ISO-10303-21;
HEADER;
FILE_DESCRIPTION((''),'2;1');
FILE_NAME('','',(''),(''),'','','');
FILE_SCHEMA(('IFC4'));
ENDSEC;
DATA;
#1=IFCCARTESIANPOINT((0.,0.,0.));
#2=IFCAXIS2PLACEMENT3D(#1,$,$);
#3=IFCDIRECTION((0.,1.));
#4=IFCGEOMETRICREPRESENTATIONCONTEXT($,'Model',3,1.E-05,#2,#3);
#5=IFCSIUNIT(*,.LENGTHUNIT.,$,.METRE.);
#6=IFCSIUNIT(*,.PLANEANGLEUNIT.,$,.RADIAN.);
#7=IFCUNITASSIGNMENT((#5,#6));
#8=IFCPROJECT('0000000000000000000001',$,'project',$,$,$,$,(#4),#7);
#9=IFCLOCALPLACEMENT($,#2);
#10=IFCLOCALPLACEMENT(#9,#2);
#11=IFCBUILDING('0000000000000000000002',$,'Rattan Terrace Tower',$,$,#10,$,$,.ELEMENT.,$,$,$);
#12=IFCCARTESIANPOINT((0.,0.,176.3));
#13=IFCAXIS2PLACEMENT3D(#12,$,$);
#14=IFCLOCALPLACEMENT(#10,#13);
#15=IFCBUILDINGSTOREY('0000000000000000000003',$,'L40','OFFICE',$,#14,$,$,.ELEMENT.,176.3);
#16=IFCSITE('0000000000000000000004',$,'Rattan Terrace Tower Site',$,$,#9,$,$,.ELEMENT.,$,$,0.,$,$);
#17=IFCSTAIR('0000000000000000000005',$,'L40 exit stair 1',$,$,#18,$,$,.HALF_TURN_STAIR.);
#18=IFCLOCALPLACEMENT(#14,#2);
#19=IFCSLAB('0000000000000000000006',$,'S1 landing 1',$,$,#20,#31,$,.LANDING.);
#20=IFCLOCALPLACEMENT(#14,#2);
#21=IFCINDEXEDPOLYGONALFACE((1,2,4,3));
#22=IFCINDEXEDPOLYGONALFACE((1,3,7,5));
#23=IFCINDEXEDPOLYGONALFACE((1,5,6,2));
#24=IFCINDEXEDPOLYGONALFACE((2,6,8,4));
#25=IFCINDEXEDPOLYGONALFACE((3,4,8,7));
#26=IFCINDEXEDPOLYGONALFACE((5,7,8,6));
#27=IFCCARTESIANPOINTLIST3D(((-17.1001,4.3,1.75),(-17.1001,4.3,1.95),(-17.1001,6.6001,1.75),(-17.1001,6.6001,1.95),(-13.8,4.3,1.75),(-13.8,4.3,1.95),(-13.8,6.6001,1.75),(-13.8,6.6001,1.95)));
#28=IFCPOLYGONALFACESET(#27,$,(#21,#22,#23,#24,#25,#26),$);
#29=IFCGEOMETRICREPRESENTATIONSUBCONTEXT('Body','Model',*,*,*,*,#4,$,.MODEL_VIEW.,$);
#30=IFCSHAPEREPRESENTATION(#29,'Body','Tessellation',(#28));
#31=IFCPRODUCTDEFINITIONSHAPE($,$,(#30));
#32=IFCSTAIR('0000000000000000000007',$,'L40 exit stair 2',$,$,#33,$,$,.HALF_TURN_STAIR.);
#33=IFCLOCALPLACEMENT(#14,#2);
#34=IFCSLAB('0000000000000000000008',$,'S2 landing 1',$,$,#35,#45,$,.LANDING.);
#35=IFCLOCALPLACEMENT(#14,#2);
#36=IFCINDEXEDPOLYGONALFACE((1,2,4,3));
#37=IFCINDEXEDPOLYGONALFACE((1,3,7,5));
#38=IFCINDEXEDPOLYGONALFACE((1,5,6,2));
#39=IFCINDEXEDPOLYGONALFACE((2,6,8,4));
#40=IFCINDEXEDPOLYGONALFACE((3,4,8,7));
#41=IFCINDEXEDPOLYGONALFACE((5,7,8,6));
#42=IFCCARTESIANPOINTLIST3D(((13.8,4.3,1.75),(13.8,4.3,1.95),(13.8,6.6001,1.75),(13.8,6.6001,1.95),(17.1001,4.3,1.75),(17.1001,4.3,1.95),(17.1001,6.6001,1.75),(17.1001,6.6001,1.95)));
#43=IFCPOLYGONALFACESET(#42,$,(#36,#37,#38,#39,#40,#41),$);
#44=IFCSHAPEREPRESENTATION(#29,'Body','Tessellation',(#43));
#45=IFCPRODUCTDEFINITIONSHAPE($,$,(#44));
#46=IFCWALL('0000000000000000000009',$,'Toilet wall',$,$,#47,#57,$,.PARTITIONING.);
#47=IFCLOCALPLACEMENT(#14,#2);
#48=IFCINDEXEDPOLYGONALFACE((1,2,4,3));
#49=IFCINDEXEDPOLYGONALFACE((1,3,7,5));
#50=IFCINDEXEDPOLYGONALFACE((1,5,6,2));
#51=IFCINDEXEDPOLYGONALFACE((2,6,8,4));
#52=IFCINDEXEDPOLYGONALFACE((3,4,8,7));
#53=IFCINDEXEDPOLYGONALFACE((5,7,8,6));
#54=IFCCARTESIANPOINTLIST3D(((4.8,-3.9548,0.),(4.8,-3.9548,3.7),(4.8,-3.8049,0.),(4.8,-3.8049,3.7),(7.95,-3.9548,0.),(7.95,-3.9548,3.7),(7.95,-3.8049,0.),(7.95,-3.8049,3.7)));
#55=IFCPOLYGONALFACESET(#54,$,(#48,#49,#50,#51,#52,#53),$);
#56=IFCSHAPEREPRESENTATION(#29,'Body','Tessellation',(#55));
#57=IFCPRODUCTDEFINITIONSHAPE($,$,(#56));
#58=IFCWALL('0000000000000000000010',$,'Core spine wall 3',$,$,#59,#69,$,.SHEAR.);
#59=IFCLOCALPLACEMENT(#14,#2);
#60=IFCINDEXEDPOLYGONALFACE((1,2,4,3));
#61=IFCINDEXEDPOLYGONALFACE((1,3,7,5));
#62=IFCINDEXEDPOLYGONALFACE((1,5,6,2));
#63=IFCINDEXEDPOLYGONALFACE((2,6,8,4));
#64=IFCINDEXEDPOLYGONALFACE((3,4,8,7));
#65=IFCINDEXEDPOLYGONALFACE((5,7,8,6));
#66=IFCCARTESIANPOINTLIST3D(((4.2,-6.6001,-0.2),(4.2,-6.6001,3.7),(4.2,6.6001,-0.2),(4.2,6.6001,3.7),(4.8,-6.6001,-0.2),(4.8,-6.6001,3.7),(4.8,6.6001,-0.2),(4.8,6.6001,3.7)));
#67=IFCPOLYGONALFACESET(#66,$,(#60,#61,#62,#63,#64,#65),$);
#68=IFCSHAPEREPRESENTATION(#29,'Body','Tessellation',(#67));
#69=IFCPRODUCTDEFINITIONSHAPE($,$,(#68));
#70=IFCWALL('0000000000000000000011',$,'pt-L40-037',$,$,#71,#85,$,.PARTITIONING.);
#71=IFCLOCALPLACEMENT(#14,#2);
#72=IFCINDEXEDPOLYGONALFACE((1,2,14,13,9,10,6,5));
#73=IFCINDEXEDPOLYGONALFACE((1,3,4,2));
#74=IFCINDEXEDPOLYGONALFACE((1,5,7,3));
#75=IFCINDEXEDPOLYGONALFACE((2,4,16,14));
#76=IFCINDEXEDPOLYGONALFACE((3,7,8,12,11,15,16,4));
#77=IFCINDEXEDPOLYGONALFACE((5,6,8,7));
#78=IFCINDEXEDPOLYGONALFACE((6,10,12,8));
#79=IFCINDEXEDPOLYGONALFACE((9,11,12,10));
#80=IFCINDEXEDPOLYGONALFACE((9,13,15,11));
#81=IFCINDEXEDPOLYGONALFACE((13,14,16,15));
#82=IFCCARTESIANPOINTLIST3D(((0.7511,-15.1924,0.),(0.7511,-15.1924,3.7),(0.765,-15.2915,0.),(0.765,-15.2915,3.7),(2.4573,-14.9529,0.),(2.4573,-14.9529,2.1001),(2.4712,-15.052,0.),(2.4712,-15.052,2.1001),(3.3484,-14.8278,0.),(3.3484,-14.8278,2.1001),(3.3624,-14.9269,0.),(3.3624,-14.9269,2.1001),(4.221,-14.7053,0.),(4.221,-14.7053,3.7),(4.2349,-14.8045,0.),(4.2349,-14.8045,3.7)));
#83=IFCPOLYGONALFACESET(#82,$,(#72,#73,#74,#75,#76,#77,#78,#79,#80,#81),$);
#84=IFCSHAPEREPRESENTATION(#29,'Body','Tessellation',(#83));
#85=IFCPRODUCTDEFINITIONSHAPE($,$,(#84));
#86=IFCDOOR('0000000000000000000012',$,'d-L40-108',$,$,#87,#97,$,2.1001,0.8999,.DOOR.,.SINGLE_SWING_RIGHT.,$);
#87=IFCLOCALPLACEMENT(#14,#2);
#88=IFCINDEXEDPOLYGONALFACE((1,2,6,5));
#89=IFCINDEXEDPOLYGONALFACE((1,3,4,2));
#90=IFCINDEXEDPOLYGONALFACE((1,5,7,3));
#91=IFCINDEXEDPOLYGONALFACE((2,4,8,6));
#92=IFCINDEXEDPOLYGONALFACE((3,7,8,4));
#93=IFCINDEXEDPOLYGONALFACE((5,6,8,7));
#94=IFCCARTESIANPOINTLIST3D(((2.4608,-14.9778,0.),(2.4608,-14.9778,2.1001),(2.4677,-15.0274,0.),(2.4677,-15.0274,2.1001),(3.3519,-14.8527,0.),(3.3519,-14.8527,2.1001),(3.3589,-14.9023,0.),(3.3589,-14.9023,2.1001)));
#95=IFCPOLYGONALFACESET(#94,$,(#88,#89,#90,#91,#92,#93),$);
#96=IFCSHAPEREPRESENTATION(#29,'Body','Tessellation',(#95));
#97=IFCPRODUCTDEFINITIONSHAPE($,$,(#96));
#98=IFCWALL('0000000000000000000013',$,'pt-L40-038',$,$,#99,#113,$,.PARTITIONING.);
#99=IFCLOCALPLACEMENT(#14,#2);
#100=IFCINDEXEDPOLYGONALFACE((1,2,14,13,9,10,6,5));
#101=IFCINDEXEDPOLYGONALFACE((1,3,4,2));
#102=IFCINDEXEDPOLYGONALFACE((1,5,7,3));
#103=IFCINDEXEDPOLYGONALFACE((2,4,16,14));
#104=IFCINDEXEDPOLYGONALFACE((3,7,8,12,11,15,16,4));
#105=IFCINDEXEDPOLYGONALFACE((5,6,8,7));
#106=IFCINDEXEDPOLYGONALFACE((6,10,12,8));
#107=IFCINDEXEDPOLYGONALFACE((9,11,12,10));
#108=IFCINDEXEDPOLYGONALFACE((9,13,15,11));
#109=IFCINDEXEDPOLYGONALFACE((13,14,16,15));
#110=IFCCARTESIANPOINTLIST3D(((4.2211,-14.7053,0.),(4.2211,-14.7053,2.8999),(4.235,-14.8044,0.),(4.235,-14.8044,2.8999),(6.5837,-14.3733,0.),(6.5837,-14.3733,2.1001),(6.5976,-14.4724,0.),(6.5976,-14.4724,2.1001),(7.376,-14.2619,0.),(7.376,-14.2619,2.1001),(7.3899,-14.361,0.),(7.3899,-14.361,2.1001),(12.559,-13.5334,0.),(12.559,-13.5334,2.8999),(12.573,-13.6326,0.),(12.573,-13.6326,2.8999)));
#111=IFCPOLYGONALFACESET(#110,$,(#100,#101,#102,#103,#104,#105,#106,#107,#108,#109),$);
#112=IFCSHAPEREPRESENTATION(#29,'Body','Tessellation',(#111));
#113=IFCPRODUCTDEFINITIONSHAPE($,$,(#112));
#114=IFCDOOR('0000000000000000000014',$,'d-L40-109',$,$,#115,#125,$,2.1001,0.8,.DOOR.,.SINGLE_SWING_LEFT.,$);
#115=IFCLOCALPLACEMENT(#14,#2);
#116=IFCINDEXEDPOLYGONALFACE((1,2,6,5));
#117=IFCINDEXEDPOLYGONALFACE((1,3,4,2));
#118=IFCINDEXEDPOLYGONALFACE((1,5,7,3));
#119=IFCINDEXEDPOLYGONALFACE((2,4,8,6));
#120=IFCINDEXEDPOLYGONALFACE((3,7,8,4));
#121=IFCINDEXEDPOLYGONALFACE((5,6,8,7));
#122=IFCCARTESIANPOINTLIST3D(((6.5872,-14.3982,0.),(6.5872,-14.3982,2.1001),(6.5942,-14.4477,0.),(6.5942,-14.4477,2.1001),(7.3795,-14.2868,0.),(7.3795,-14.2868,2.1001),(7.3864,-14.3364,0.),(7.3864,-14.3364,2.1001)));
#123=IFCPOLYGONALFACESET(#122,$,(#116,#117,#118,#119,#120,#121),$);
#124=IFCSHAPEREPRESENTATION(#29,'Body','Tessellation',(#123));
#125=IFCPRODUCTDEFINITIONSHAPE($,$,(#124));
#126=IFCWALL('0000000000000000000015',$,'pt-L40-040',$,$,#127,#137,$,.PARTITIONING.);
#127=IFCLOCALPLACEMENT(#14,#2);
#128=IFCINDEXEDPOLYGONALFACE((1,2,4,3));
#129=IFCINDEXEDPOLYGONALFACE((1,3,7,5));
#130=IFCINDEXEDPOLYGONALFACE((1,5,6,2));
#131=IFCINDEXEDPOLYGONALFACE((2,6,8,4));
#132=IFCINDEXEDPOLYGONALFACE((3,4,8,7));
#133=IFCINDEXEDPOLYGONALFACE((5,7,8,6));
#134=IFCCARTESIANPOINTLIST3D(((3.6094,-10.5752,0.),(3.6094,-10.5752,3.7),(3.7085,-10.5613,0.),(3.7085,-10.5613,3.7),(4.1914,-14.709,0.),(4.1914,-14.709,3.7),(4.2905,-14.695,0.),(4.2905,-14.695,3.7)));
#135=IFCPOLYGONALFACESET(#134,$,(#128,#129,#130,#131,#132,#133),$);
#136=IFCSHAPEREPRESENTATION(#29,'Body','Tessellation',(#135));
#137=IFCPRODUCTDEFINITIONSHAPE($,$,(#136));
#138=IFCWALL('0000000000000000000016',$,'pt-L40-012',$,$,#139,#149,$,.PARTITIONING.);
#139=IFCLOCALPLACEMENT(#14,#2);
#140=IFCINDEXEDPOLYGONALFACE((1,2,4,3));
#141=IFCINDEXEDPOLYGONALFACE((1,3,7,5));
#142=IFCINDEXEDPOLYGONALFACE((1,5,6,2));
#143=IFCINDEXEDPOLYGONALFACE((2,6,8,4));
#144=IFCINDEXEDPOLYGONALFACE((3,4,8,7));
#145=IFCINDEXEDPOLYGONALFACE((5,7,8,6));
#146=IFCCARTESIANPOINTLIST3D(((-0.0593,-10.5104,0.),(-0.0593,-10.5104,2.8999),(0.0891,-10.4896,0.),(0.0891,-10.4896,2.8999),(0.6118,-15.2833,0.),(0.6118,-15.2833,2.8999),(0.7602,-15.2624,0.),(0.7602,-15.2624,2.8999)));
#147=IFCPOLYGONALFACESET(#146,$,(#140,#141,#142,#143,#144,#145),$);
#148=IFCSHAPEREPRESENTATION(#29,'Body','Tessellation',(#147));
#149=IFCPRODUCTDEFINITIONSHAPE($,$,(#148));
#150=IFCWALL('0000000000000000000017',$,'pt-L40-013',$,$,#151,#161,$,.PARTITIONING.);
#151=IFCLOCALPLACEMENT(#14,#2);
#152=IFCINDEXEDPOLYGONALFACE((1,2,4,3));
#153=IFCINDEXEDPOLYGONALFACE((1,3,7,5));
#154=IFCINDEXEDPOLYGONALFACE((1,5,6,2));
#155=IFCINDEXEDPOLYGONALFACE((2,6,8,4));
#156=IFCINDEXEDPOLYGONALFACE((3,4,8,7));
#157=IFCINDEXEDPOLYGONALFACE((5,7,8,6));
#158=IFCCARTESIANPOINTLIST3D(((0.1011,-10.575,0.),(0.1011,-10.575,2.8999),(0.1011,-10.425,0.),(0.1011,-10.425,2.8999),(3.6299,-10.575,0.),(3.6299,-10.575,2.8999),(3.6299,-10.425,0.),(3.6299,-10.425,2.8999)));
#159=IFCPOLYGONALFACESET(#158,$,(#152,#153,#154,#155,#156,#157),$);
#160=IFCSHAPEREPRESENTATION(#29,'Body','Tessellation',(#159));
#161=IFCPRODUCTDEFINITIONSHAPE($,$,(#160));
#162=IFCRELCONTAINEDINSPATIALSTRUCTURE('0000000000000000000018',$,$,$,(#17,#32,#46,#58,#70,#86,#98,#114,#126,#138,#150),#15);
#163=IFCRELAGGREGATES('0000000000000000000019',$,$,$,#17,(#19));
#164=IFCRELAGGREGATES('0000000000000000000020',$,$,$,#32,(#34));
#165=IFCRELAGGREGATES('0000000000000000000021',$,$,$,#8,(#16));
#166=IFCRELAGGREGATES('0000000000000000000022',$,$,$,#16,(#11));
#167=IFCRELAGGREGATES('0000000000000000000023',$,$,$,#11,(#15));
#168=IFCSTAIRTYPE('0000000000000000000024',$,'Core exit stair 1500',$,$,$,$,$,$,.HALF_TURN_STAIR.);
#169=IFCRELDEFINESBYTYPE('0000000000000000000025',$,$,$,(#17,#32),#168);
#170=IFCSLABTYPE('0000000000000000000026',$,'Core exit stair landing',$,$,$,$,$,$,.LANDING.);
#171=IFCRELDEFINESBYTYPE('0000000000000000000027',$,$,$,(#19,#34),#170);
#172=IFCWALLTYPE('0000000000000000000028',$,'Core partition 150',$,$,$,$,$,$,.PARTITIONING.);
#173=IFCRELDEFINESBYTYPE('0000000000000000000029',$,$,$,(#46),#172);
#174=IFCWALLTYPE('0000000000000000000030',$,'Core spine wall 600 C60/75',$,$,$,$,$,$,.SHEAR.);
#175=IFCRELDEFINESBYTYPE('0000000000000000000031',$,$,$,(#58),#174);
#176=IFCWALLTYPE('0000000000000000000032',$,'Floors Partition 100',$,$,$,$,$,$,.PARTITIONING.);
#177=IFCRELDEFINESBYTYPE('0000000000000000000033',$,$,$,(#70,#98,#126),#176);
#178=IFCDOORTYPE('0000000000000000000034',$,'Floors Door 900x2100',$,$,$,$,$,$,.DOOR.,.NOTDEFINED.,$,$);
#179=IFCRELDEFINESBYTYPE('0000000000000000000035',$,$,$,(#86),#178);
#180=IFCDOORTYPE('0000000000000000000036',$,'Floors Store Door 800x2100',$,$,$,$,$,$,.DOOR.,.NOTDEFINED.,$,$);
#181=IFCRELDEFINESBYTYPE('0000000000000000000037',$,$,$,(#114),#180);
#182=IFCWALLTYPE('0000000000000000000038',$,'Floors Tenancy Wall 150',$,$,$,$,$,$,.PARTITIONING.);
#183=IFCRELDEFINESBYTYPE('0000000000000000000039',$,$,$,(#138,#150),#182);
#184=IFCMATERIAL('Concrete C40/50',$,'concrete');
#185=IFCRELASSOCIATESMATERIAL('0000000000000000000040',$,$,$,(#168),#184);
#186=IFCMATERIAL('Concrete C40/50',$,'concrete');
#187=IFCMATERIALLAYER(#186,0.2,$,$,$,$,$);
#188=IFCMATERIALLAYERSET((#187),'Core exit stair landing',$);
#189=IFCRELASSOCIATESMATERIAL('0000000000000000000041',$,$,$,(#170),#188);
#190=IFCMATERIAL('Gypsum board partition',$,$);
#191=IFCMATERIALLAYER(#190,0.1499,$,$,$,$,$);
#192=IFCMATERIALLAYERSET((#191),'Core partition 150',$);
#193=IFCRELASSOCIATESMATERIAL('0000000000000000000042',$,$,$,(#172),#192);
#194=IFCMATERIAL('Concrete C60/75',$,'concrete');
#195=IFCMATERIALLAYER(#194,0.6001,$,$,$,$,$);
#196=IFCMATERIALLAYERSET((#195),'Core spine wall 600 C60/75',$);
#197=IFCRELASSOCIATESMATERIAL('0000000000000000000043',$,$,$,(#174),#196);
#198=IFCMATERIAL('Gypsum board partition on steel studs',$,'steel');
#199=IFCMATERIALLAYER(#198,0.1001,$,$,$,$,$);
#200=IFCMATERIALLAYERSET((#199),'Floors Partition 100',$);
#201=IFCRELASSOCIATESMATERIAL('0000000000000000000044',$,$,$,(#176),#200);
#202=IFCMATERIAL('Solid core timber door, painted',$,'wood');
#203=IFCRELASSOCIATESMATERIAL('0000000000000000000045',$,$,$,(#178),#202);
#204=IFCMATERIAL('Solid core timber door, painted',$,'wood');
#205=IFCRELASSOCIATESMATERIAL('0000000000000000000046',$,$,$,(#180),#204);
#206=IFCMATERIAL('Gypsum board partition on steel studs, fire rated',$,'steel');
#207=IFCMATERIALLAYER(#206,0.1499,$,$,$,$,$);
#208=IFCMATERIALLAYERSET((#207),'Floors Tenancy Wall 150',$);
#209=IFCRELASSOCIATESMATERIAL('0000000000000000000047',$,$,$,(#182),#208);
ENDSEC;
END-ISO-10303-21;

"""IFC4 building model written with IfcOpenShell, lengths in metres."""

from ifc_helpers import new_model, si_unit, direction, frame, frame_2d, origin, place, context, subcontext, project, spatial, polyline, rectangle, outline, extrude, material, layer, layer_set, type_object, element, fill, aggregate, save


model = new_model("IFC4")

# Units and contexts
model_context = context("Model", 3, precision=1e-05, world=origin(), true_north=direction((0.0, 1.0)))
body_context = subcontext(model_context, "Body", "Model", "MODEL_VIEW")
ifc_project = project(units=[si_unit("LENGTHUNIT", "METRE"), si_unit("PLANEANGLEUNIT", "RADIAN")], contexts=[model_context])

# Site, building, storey
site_placement = place(None, origin())
site = spatial("IfcSite", under=ifc_project, at=site_placement, Name="Rattan Terrace Tower Site", CompositionType="ELEMENT", RefElevation=0.0)
building_placement = place(site_placement, origin())
building = spatial("IfcBuilding", under=site, at=building_placement, Name="Rattan Terrace Tower", CompositionType="ELEMENT")
storey_placement = place(building_placement, frame((0.0, 0.0, 176.3)))
storey = spatial("IfcBuildingStorey", under=building, at=storey_placement, Name="L40", Description="OFFICE", CompositionType="ELEMENT", Elevation=176.3)

# Stairs, slabs
ifc_material_1 = material(Name="Concrete C40/50", Category="concrete")
stair_type = type_object("IfcStairType", Name="Core exit stair 1500", PredefinedType="HALF_TURN_STAIR", material=ifc_material_1)
stair_1_placement = place(storey_placement, origin())
stair_1 = element("IfcStair", 1, at=stair_1_placement, inside=storey, type_object=stair_type, Name="L40 exit stair 1", PredefinedType="HALF_TURN_STAIR")
ifc_material_2 = material(Name="Concrete C40/50", Category="concrete")
ifc_layer_1 = layer(ifc_material_2, 0.2)
ifc_layer_set_1 = layer_set([ifc_layer_1], Name="Core exit stair landing")
slab_type = type_object("IfcSlabType", Name="Core exit stair landing", PredefinedType="LANDING", material=ifc_layer_set_1)
slab_1_placement = place(storey_placement, frame((0.0, 0.0, 1.75)))
slab_1 = element("IfcSlab", 2, at=slab_1_placement, type_object=slab_type, Name="S1 landing 1", PredefinedType="LANDING", context=body_context, shape_type="SweptSolid", body=[
    extrude(outline(polyline([(-13.8, 4.3), (-13.8, 6.6001), (-17.1001, 6.6001), (-17.1001, 4.3), (-13.8, 4.3)])), origin(), (0.0, 0.0, 1.0), 0.2),
])
aggregate(stair_1, [slab_1])
stair_2_placement = place(storey_placement, origin())
stair_2 = element("IfcStair", 3, at=stair_2_placement, inside=storey, type_object=stair_type, Name="L40 exit stair 2", PredefinedType="HALF_TURN_STAIR")
slab_2_placement = place(storey_placement, frame((0.0, 0.0, 1.75)))
slab_2 = element("IfcSlab", 4, at=slab_2_placement, type_object=slab_type, Name="S2 landing 1", PredefinedType="LANDING", context=body_context, shape_type="SweptSolid", body=[
    extrude(outline(polyline([(17.1001, 4.3), (17.1001, 6.6001), (13.8, 6.6001), (13.8, 4.3), (17.1001, 4.3)])), origin(), (0.0, 0.0, 1.0), 0.2),
])
aggregate(stair_2, [slab_2])

# Walls
ifc_material_3 = material(Name="Gypsum board partition")
ifc_layer_2 = layer(ifc_material_3, 0.1499)
ifc_layer_set_2 = layer_set([ifc_layer_2], Name="Core partition 150")
wall_type_1 = type_object("IfcWallType", Name="Core partition 150", PredefinedType="PARTITIONING", material=ifc_layer_set_2)
wall_1_placement = place(storey_placement, frame((4.8, -3.8799, 0.0), z_axis=(0.0, 0.0, 1.0), x_axis=(1.0, 0.0, 0.0)))
element("IfcWall", 5, at=wall_1_placement, inside=storey, type_object=wall_type_1, Name="Toilet wall", PredefinedType="PARTITIONING", context=body_context, shape_type="SweptSolid", body=[
    extrude(rectangle(XDim=3.1499, YDim=0.1499, at=frame_2d((1.575, 0.0))), origin(), (0.0, 0.0, 1.0), 3.7),
])
ifc_material_4 = material(Name="Concrete C60/75", Category="concrete")
ifc_layer_3 = layer(ifc_material_4, 0.6001)
ifc_layer_set_3 = layer_set([ifc_layer_3], Name="Core spine wall 600 C60/75")
wall_type_2 = type_object("IfcWallType", Name="Core spine wall 600 C60/75", PredefinedType="SHEAR", material=ifc_layer_set_3)
wall_2_placement = place(storey_placement, frame((4.5, -6.6001, -0.2), z_axis=(0.0, 0.0, 1.0), x_axis=(0.0, 1.0, 0.0)))
element("IfcWall", 6, at=wall_2_placement, inside=storey, type_object=wall_type_2, Name="Core spine wall 3", PredefinedType="SHEAR", context=body_context, shape_type="SweptSolid", body=[
    extrude(rectangle(XDim=13.2002, YDim=0.6001, at=frame_2d((6.6001, 0.0))), origin(), (0.0, 0.0, 1.0), 3.8999),
])

# Walls, openings, doors
ifc_material_5 = material(Name="Gypsum board partition on steel studs", Category="steel")
ifc_layer_4 = layer(ifc_material_5, 0.1001)
ifc_layer_set_4 = layer_set([ifc_layer_4], Name="Floors Partition 100")
wall_type_3 = type_object("IfcWallType", Name="Floors Partition 100", PredefinedType="PARTITIONING", material=ifc_layer_set_4)
wall_3_placement = place(storey_placement, frame((0.7581, -15.2419, 0.0), z_axis=(0.0, 0.0, 1.0), x_axis=(0.990292, 0.139002, 0.0)))
wall_3 = element("IfcWall", 7, at=wall_3_placement, inside=storey, type_object=wall_type_3, Name="pt-L40-037", PredefinedType="PARTITIONING", context=body_context, shape_type="SweptSolid", body=[
    extrude(rectangle(XDim=3.5039, YDim=0.1001, at=frame_2d((1.752, 0.0))), origin(), (0.0, 0.0, 1.0), 3.7),
])
opening_1_placement = place(wall_3_placement, frame((1.7229, 0.0, 0.0)))
opening_1 = element("IfcOpeningElement", 8, at=opening_1_placement, cuts=wall_3, PredefinedType="OPENING", context=body_context, shape_type="SweptSolid", body=[
    extrude(rectangle(XDim=0.8999, YDim=2.1001, at=frame_2d((0.45, 1.05))), frame((0.0, 0.0605, 0.0), z_axis=(0.0, -1.0, 0.0), x_axis=(1.0, 0.0, 0.0)), (0.0, 0.0, 1.0), 0.1211),
])
ifc_material_6 = material(Name="Solid core timber door, painted", Category="wood")
door_type_1 = type_object("IfcDoorType", Name="Floors Door 900x2100", OperationType="NOTDEFINED", PredefinedType="DOOR", material=ifc_material_6)
door_1_placement = place(opening_1_placement, origin())
door_1 = element("IfcDoor", 9, at=door_1_placement, inside=storey, type_object=door_type_1, Name="d-L40-108", OperationType="SINGLE_SWING_RIGHT", OverallHeight=2.1001, OverallWidth=0.8999, PredefinedType="DOOR", context=body_context, shape_type="SweptSolid", body=[
    extrude(rectangle(XDim=0.8999, YDim=2.1001, at=frame_2d((0.45, 1.05))), frame((0.0, 0.0249, 0.0), z_axis=(0.0, -1.0, 0.0), x_axis=(1.0, 0.0, 0.0)), (0.0, 0.0, 1.0), 0.05),
])
fill(opening_1, door_1)
wall_4_placement = place(storey_placement, frame((4.228, -14.7549, 0.0), z_axis=(0.0, 0.0, 1.0), x_axis=(0.990267, 0.13918, 0.0)))
wall_4 = element("IfcWall", 10, at=wall_4_placement, inside=storey, type_object=wall_type_3, Name="pt-L40-038", PredefinedType="PARTITIONING", context=body_context, shape_type="SweptSolid", body=[
    extrude(rectangle(XDim=8.4199, YDim=0.1001, at=frame_2d((4.21, 0.0))), origin(), (0.0, 0.0, 1.0), 2.8999),
])
opening_2_placement = place(wall_4_placement, frame((2.386, 0.0, 0.0)))
opening_2 = element("IfcOpeningElement", 11, at=opening_2_placement, cuts=wall_4, PredefinedType="OPENING", context=body_context, shape_type="SweptSolid", body=[
    extrude(rectangle(XDim=0.8, YDim=2.1001, at=frame_2d((0.3999, 1.05))), frame((0.0, 0.0605, 0.0), z_axis=(0.0, -1.0, 0.0), x_axis=(1.0, 0.0, 0.0)), (0.0, 0.0, 1.0), 0.1211),
])
ifc_material_7 = material(Name="Solid core timber door, painted", Category="wood")
door_type_2 = type_object("IfcDoorType", Name="Floors Store Door 800x2100", OperationType="NOTDEFINED", PredefinedType="DOOR", material=ifc_material_7)
door_2_placement = place(opening_2_placement, origin())
door_2 = element("IfcDoor", 12, at=door_2_placement, inside=storey, type_object=door_type_2, Name="d-L40-109", OperationType="SINGLE_SWING_LEFT", OverallHeight=2.1001, OverallWidth=0.8, PredefinedType="DOOR", context=body_context, shape_type="SweptSolid", body=[
    extrude(rectangle(XDim=0.8, YDim=2.1001, at=frame_2d((0.3999, 1.05))), frame((0.0, 0.0249, 0.0), z_axis=(0.0, -1.0, 0.0), x_axis=(1.0, 0.0, 0.0)), (0.0, 0.0, 1.0), 0.05),
])
fill(opening_2, door_2)

# Walls
wall_5_placement = place(storey_placement, frame((3.6589, -10.5681, 0.0), z_axis=(0.0, 0.0, 1.0), x_axis=(0.139423, -0.990233, 0.0)))
element("IfcWall", 13, at=wall_5_placement, inside=storey, type_object=wall_type_3, Name="pt-L40-040", PredefinedType="PARTITIONING", context=body_context, shape_type="SweptSolid", body=[
    extrude(rectangle(XDim=4.1746, YDim=0.1001, at=frame_2d((2.0874, 0.0))), origin(), (0.0, 0.0, 1.0), 3.7),
])
ifc_material_8 = material(Name="Gypsum board partition on steel studs, fire rated", Category="steel")
ifc_layer_5 = layer(ifc_material_8, 0.1499)
ifc_layer_set_5 = layer_set([ifc_layer_5], Name="Floors Tenancy Wall 150")
wall_type_4 = type_object("IfcWallType", Name="Floors Tenancy Wall 150", PredefinedType="PARTITIONING", material=ifc_layer_set_5)
wall_6_placement = place(storey_placement, frame((0.0149, -10.5, 0.0), z_axis=(0.0, 0.0, 1.0), x_axis=(0.139244, -0.990258, 0.0)))
element("IfcWall", 14, at=wall_6_placement, inside=storey, type_object=wall_type_4, Name="pt-L40-012", PredefinedType="PARTITIONING", context=body_context, shape_type="SweptSolid", body=[
    extrude(rectangle(XDim=4.8198, YDim=0.1499, at=frame_2d((2.4099, 0.0))), origin(), (0.0, 0.0, 1.0), 2.8999),
])
wall_7_placement = place(storey_placement, frame((3.6299, -10.5, 0.0), z_axis=(0.0, 0.0, 1.0), x_axis=(-1.0, 0.0, 0.0)))
element("IfcWall", 15, at=wall_7_placement, inside=storey, type_object=wall_type_4, Name="pt-L40-013", PredefinedType="PARTITIONING", context=body_context, shape_type="SweptSolid", body=[
    extrude(rectangle(XDim=3.5288, YDim=0.1499, at=frame_2d((1.7644, 0.0))), origin(), (0.0, 0.0, 1.0), 2.8999),
])

save(model, "model.ifc")
